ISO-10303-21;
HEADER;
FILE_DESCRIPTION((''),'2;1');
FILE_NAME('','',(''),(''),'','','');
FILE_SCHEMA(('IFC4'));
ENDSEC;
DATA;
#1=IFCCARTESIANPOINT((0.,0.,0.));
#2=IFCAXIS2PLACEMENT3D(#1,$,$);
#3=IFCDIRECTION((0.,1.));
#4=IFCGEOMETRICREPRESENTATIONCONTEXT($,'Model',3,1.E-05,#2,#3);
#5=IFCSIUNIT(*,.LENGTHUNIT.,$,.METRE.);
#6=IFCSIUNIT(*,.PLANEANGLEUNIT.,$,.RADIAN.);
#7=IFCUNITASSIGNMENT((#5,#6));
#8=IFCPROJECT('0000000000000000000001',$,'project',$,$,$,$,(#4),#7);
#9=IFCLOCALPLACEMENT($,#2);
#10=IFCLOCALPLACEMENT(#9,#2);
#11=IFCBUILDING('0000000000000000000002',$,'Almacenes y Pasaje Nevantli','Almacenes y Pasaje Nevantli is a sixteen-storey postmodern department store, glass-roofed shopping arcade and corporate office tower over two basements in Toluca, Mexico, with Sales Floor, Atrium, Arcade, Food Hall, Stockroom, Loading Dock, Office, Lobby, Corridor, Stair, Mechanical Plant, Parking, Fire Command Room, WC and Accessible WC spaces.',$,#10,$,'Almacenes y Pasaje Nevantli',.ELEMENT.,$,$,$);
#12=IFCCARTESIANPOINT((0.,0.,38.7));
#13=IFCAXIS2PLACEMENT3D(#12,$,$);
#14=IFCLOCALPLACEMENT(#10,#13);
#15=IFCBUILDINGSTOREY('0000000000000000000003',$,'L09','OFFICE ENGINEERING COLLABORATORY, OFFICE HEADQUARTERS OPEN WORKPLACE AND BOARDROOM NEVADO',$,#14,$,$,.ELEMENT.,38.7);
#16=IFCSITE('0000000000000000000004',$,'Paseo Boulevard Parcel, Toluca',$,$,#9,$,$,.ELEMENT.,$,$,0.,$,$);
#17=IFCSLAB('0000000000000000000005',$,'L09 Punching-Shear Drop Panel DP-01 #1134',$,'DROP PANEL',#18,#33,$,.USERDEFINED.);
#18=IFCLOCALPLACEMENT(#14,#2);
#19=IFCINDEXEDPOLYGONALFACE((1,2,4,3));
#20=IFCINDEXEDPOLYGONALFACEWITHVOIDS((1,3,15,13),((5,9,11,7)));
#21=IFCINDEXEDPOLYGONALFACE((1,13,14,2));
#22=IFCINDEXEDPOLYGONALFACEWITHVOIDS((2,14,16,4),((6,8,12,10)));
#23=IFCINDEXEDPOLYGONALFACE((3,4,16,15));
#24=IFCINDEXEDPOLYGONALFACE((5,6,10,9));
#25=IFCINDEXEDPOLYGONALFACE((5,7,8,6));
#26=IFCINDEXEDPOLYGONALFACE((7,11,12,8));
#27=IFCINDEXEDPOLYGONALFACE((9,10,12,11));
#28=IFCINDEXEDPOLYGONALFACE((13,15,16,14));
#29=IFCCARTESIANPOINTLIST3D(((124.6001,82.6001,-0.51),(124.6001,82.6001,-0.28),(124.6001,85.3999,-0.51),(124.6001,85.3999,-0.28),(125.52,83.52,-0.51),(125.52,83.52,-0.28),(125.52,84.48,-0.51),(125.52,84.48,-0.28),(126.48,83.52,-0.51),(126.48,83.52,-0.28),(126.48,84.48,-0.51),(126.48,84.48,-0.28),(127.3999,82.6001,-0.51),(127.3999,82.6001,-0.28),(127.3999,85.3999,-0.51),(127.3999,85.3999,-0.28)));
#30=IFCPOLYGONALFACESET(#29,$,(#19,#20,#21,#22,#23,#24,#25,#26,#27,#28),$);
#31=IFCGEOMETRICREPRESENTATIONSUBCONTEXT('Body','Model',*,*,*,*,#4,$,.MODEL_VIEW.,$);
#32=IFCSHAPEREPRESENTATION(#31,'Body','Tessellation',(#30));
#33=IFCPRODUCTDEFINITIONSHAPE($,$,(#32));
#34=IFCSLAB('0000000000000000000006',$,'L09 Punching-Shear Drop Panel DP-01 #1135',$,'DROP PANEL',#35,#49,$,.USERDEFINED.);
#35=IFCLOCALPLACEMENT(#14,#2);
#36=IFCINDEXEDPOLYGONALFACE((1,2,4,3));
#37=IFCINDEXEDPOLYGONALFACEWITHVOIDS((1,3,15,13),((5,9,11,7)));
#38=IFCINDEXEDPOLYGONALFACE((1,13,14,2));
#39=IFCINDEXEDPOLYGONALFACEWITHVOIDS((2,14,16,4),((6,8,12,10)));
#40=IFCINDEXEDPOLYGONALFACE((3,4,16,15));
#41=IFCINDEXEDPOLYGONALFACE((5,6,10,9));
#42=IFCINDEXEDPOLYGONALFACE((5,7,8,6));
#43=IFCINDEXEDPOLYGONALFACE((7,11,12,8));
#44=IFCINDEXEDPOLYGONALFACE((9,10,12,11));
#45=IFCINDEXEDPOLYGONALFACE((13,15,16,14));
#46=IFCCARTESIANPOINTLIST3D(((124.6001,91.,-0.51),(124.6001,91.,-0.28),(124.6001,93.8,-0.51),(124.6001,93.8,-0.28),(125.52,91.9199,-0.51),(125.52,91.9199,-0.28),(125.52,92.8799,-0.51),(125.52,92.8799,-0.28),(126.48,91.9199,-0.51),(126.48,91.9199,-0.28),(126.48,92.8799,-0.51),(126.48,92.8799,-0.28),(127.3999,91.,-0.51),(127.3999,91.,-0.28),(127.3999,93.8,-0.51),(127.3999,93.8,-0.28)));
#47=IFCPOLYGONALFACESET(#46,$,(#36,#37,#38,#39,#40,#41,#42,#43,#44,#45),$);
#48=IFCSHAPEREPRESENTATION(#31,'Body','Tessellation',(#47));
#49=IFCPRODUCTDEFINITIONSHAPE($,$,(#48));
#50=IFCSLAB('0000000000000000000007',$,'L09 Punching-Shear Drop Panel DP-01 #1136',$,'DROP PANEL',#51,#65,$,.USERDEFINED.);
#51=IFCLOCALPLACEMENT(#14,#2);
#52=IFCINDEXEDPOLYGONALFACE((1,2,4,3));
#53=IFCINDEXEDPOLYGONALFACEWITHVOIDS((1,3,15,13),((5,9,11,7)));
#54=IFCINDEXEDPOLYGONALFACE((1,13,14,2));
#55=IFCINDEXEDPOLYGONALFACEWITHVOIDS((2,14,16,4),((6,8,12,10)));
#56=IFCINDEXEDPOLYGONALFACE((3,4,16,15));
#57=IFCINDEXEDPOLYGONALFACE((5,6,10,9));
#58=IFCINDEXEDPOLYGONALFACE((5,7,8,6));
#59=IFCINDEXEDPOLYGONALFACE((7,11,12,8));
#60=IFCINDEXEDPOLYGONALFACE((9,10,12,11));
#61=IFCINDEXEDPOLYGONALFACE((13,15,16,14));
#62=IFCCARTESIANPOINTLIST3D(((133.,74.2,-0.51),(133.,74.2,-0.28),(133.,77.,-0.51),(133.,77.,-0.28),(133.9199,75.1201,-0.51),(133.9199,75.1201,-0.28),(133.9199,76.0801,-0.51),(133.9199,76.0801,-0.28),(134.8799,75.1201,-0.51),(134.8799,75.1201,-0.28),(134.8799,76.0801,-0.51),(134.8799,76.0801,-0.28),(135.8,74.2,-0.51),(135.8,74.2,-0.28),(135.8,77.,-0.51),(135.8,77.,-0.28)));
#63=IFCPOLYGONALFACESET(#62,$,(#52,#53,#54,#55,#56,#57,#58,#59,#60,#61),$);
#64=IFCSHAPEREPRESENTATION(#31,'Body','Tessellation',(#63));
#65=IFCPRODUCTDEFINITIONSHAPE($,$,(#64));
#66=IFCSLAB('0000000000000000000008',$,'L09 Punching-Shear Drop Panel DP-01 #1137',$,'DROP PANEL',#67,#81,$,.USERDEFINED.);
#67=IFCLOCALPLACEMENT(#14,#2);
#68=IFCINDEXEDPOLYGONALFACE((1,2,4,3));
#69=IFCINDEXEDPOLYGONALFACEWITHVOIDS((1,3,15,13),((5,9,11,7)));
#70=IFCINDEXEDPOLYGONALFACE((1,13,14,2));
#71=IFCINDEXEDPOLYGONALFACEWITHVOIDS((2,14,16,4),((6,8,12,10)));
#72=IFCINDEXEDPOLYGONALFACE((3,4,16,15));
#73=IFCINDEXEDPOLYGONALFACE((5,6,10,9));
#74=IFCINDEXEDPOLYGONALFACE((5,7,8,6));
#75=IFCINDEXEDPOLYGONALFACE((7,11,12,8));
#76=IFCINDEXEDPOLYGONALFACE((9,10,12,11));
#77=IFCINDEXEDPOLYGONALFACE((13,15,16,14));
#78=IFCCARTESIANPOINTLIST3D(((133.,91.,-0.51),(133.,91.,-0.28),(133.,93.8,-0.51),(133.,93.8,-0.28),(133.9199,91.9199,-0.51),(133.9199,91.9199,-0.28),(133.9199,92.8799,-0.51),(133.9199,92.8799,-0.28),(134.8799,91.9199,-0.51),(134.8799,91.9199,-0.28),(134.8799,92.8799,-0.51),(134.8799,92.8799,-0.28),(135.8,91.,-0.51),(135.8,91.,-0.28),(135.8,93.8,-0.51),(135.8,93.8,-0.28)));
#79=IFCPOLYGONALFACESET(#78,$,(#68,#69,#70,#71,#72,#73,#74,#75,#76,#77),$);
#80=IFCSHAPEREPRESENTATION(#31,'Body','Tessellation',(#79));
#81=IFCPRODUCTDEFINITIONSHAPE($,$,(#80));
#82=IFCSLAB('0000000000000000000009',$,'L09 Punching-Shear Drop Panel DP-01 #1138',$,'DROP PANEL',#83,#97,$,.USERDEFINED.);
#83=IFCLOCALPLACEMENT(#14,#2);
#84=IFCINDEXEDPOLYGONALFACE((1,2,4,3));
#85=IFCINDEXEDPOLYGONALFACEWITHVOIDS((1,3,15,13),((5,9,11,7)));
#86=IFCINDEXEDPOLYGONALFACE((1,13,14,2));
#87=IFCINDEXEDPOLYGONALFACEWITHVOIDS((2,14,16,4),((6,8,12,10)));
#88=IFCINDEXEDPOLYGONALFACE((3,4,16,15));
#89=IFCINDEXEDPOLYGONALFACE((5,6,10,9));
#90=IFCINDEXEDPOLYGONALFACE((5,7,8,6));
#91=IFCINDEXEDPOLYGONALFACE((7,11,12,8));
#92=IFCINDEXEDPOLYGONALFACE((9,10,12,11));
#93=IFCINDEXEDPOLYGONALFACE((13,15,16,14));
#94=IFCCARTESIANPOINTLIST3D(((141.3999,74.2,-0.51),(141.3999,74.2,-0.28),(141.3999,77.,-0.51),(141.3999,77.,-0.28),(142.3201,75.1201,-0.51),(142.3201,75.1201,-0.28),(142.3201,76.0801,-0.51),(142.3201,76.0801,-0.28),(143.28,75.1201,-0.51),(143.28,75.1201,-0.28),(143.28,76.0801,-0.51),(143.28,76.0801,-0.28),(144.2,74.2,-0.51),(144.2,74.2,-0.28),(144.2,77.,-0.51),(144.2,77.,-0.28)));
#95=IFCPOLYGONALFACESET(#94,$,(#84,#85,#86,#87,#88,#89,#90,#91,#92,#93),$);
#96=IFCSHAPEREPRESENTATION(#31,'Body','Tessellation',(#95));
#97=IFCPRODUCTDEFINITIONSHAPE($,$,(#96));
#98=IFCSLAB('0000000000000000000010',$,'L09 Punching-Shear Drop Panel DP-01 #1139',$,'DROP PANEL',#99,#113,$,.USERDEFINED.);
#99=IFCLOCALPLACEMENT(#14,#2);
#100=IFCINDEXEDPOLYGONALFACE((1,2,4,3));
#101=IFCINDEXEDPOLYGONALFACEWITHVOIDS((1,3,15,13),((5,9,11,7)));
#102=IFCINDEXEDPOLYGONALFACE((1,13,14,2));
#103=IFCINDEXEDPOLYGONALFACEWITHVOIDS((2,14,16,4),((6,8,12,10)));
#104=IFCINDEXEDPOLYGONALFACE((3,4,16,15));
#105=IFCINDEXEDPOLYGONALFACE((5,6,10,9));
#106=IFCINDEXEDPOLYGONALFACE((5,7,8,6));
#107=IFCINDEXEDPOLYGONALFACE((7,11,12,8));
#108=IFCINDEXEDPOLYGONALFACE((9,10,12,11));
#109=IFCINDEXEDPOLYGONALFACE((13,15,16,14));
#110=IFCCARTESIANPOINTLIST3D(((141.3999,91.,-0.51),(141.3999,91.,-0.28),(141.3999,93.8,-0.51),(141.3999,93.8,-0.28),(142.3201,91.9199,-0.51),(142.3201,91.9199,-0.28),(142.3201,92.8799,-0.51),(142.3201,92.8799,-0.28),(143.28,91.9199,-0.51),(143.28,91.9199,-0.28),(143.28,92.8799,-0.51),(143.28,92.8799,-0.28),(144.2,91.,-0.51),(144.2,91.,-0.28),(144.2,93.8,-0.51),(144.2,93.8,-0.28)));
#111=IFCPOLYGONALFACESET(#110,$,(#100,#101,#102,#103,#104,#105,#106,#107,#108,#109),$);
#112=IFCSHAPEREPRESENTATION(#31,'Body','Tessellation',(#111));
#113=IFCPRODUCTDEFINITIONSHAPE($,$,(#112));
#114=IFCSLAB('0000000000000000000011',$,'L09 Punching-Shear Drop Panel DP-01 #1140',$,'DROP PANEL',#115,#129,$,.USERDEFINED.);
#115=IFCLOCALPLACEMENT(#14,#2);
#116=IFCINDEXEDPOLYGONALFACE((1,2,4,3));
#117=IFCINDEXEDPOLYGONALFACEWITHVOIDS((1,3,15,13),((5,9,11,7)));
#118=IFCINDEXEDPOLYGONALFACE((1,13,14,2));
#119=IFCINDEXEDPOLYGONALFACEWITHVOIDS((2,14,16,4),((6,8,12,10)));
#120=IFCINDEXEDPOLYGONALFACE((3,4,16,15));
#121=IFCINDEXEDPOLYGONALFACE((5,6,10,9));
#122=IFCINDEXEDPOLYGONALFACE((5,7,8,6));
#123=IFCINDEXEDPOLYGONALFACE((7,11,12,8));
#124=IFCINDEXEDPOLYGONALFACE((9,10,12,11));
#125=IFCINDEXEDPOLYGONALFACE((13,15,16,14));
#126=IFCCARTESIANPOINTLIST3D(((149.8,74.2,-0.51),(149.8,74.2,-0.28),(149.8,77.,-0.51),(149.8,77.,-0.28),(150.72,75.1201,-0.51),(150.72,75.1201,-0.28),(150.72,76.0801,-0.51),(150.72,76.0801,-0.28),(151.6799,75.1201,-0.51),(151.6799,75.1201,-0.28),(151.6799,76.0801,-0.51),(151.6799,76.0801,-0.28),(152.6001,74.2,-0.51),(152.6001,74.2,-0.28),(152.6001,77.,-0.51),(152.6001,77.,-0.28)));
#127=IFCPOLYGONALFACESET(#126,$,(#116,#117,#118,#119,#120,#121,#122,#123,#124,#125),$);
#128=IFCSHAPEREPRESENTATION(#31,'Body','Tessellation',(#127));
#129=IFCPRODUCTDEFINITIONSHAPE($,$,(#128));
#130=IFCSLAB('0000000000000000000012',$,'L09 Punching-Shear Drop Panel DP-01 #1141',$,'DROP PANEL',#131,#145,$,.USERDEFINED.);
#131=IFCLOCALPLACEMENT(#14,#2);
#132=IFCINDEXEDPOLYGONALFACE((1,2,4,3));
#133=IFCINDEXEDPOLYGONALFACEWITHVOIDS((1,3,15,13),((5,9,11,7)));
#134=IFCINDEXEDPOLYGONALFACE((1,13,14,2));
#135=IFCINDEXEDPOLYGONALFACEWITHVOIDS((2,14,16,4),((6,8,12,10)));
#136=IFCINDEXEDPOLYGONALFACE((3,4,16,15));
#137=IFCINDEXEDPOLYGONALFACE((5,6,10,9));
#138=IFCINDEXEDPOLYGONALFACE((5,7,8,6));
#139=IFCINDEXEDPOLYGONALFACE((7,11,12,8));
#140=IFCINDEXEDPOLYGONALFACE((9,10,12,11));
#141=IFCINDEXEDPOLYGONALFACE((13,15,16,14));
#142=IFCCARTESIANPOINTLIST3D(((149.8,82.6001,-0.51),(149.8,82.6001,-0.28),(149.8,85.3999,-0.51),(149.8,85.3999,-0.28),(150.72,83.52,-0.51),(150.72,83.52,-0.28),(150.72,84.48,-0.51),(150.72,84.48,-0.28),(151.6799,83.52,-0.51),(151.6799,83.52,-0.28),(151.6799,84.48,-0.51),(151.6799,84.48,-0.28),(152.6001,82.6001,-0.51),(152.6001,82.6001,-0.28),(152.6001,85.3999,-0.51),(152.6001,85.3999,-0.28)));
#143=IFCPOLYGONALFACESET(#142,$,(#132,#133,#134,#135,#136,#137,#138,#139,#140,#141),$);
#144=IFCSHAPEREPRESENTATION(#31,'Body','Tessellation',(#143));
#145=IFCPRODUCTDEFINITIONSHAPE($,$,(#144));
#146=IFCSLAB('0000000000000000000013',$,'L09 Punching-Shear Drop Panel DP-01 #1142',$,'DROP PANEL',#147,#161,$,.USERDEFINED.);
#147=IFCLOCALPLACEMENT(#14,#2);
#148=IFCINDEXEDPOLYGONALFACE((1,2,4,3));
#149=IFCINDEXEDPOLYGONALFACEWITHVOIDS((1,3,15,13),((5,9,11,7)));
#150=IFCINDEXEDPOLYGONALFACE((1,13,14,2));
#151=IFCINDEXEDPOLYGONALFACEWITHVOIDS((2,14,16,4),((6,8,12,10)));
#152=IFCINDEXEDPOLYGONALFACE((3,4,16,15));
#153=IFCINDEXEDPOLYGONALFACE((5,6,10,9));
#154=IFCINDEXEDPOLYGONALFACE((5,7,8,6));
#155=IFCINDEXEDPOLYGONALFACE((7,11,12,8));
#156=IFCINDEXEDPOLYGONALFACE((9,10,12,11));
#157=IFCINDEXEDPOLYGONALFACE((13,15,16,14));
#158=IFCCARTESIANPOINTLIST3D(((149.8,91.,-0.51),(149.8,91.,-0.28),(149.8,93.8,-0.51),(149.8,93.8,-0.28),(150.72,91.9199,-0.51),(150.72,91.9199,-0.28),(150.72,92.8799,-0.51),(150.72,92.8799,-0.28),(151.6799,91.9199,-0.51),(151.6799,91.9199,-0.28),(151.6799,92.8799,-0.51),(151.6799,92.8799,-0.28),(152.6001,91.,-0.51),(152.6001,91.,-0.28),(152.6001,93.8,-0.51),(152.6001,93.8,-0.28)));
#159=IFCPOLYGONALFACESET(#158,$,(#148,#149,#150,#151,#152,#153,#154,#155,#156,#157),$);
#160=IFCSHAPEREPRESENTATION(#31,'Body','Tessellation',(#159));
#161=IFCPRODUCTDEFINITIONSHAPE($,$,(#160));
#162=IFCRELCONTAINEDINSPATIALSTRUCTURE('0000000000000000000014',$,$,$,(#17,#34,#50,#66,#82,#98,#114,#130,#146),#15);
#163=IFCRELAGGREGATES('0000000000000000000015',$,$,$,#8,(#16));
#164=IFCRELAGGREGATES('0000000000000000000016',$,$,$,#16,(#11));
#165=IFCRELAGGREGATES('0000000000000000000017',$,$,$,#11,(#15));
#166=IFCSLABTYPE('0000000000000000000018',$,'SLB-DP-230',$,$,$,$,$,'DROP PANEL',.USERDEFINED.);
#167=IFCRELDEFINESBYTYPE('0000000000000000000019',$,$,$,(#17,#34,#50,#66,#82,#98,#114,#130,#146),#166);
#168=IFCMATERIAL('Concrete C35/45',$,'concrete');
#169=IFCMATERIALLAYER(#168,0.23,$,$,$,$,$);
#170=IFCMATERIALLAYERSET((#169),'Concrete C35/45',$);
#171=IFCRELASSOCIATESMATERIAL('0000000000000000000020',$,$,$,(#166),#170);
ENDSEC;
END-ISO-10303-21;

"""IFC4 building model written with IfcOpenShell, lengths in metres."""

from ifc_helpers import new_model, si_unit, direction, frame, origin, place, context, subcontext, project, spatial, polyline, outline, extrude, material, layer, layer_set, type_object, element, save


model = new_model("IFC4")

# Units and contexts
model_context = context("Model", 3, precision=1e-05, world=origin(), true_north=direction((0.0, 1.0)))
body_context = subcontext(model_context, "Body", "Model", "MODEL_VIEW")
ifc_project = project(units=[si_unit("LENGTHUNIT", "METRE"), si_unit("PLANEANGLEUNIT", "RADIAN")], contexts=[model_context])

# Site, building, storey
site_placement = place(None, origin())
site = spatial("IfcSite", under=ifc_project, at=site_placement, Name="Paseo Boulevard Parcel, Toluca", CompositionType="ELEMENT", RefElevation=0.0)
building_placement = place(site_placement, origin())
building = spatial("IfcBuilding", under=site, at=building_placement, Name="Almacenes y Pasaje Nevantli", Description="Almacenes y Pasaje Nevantli is a sixteen-storey postmodern department store, glass-roofed shopping arcade and corporate office tower over two basements in Toluca, Mexico, with Sales Floor, Atrium, Arcade, Food Hall, Stockroom, Loading Dock, Office, Lobby, Corridor, Stair, Mechanical Plant, Parking, Fire Command Room, WC and Accessible WC spaces.", LongName="Almacenes y Pasaje Nevantli", CompositionType="ELEMENT")
storey_placement = place(building_placement, frame((0.0, 0.0, 38.7)))
storey = spatial("IfcBuildingStorey", under=building, at=storey_placement, Name="L09", Description="OFFICE ENGINEERING COLLABORATORY, OFFICE HEADQUARTERS OPEN WORKPLACE AND BOARDROOM NEVADO", CompositionType="ELEMENT", Elevation=38.7)

# Slabs
ifc_material_1 = material(Name="Concrete C35/45", Category="concrete")
ifc_layer_1 = layer(ifc_material_1, 0.23)
ifc_layer_set_1 = layer_set([ifc_layer_1], Name="Concrete C35/45")
slab_type_1 = type_object("IfcSlabType", Name="SLB-DP-230", ElementType="DROP PANEL", PredefinedType="USERDEFINED", material=ifc_layer_set_1)
slab_1_placement = place(storey_placement, frame((0.0, 0.0, -0.51)))
element("IfcSlab", 1, at=slab_1_placement, inside=storey, type_object=slab_type_1, Name="L09 Punching-Shear Drop Panel DP-01 #1134", ObjectType="DROP PANEL", PredefinedType="USERDEFINED", context=body_context, shape_type="SweptSolid", body=[
    extrude(outline(polyline([(124.6001, 82.6001), (127.3999, 82.6001), (127.3999, 85.3999), (124.6001, 85.3999), (124.6001, 82.6001)]), holes=[polyline([(125.52, 83.52), (126.48, 83.52), (126.48, 84.48), (125.52, 84.48), (125.52, 83.52)])]), origin(), (0.0, 0.0, 1.0), 0.23),
])
slab_2_placement = place(storey_placement, frame((0.0, 0.0, -0.51)))
element("IfcSlab", 2, at=slab_2_placement, inside=storey, type_object=slab_type_1, Name="L09 Punching-Shear Drop Panel DP-01 #1135", ObjectType="DROP PANEL", PredefinedType="USERDEFINED", context=body_context, shape_type="SweptSolid", body=[
    extrude(outline(polyline([(124.6001, 91.0), (127.3999, 91.0), (127.3999, 93.8), (124.6001, 93.8), (124.6001, 91.0)]), holes=[polyline([(125.52, 91.9199), (126.48, 91.9199), (126.48, 92.8799), (125.52, 92.8799), (125.52, 91.9199)])]), origin(), (0.0, 0.0, 1.0), 0.23),
])
slab_3_placement = place(storey_placement, frame((0.0, 0.0, -0.51)))
element("IfcSlab", 3, at=slab_3_placement, inside=storey, type_object=slab_type_1, Name="L09 Punching-Shear Drop Panel DP-01 #1136", ObjectType="DROP PANEL", PredefinedType="USERDEFINED", context=body_context, shape_type="SweptSolid", body=[
    extrude(outline(polyline([(133.0, 74.2), (135.8, 74.2), (135.8, 77.0), (133.0, 77.0), (133.0, 74.2)]), holes=[polyline([(133.9199, 75.1201), (134.8799, 75.1201), (134.8799, 76.0801), (133.9199, 76.0801), (133.9199, 75.1201)])]), origin(), (0.0, 0.0, 1.0), 0.23),
])
slab_4_placement = place(storey_placement, frame((0.0, 0.0, -0.51)))
element("IfcSlab", 4, at=slab_4_placement, inside=storey, type_object=slab_type_1, Name="L09 Punching-Shear Drop Panel DP-01 #1137", ObjectType="DROP PANEL", PredefinedType="USERDEFINED", context=body_context, shape_type="SweptSolid", body=[
    extrude(outline(polyline([(133.0, 91.0), (135.8, 91.0), (135.8, 93.8), (133.0, 93.8), (133.0, 91.0)]), holes=[polyline([(133.9199, 91.9199), (134.8799, 91.9199), (134.8799, 92.8799), (133.9199, 92.8799), (133.9199, 91.9199)])]), origin(), (0.0, 0.0, 1.0), 0.23),
])
slab_5_placement = place(storey_placement, frame((0.0, 0.0, -0.51)))
element("IfcSlab", 5, at=slab_5_placement, inside=storey, type_object=slab_type_1, Name="L09 Punching-Shear Drop Panel DP-01 #1138", ObjectType="DROP PANEL", PredefinedType="USERDEFINED", context=body_context, shape_type="SweptSolid", body=[
    extrude(outline(polyline([(141.3999, 74.2), (144.2, 74.2), (144.2, 77.0), (141.3999, 77.0), (141.3999, 74.2)]), holes=[polyline([(142.3201, 75.1201), (143.28, 75.1201), (143.28, 76.0801), (142.3201, 76.0801), (142.3201, 75.1201)])]), origin(), (0.0, 0.0, 1.0), 0.23),
])
slab_6_placement = place(storey_placement, frame((0.0, 0.0, -0.51)))
element("IfcSlab", 6, at=slab_6_placement, inside=storey, type_object=slab_type_1, Name="L09 Punching-Shear Drop Panel DP-01 #1139", ObjectType="DROP PANEL", PredefinedType="USERDEFINED", context=body_context, shape_type="SweptSolid", body=[
    extrude(outline(polyline([(141.3999, 91.0), (144.2, 91.0), (144.2, 93.8), (141.3999, 93.8), (141.3999, 91.0)]), holes=[polyline([(142.3201, 91.9199), (143.28, 91.9199), (143.28, 92.8799), (142.3201, 92.8799), (142.3201, 91.9199)])]), origin(), (0.0, 0.0, 1.0), 0.23),
])
slab_7_placement = place(storey_placement, frame((0.0, 0.0, -0.51)))
element("IfcSlab", 7, at=slab_7_placement, inside=storey, type_object=slab_type_1, Name="L09 Punching-Shear Drop Panel DP-01 #1140", ObjectType="DROP PANEL", PredefinedType="USERDEFINED", context=body_context, shape_type="SweptSolid", body=[
    extrude(outline(polyline([(149.8, 74.2), (152.6001, 74.2), (152.6001, 77.0), (149.8, 77.0), (149.8, 74.2)]), holes=[polyline([(150.72, 75.1201), (151.6799, 75.1201), (151.6799, 76.0801), (150.72, 76.0801), (150.72, 75.1201)])]), origin(), (0.0, 0.0, 1.0), 0.23),
])
slab_8_placement = place(storey_placement, frame((0.0, 0.0, -0.51)))
element("IfcSlab", 8, at=slab_8_placement, inside=storey, type_object=slab_type_1, Name="L09 Punching-Shear Drop Panel DP-01 #1141", ObjectType="DROP PANEL", PredefinedType="USERDEFINED", context=body_context, shape_type="SweptSolid", body=[
    extrude(outline(polyline([(149.8, 82.6001), (152.6001, 82.6001), (152.6001, 85.3999), (149.8, 85.3999), (149.8, 82.6001)]), holes=[polyline([(150.72, 83.52), (151.6799, 83.52), (151.6799, 84.48), (150.72, 84.48), (150.72, 83.52)])]), origin(), (0.0, 0.0, 1.0), 0.23),
])
slab_9_placement = place(storey_placement, frame((0.0, 0.0, -0.51)))
element("IfcSlab", 9, at=slab_9_placement, inside=storey, type_object=slab_type_1, Name="L09 Punching-Shear Drop Panel DP-01 #1142", ObjectType="DROP PANEL", PredefinedType="USERDEFINED", context=body_context, shape_type="SweptSolid", body=[
    extrude(outline(polyline([(149.8, 91.0), (152.6001, 91.0), (152.6001, 93.8), (149.8, 93.8), (149.8, 91.0)]), holes=[polyline([(150.72, 91.9199), (151.6799, 91.9199), (151.6799, 92.8799), (150.72, 92.8799), (150.72, 91.9199)])]), origin(), (0.0, 0.0, 1.0), 0.23),
])

save(model, "model.ifc")
